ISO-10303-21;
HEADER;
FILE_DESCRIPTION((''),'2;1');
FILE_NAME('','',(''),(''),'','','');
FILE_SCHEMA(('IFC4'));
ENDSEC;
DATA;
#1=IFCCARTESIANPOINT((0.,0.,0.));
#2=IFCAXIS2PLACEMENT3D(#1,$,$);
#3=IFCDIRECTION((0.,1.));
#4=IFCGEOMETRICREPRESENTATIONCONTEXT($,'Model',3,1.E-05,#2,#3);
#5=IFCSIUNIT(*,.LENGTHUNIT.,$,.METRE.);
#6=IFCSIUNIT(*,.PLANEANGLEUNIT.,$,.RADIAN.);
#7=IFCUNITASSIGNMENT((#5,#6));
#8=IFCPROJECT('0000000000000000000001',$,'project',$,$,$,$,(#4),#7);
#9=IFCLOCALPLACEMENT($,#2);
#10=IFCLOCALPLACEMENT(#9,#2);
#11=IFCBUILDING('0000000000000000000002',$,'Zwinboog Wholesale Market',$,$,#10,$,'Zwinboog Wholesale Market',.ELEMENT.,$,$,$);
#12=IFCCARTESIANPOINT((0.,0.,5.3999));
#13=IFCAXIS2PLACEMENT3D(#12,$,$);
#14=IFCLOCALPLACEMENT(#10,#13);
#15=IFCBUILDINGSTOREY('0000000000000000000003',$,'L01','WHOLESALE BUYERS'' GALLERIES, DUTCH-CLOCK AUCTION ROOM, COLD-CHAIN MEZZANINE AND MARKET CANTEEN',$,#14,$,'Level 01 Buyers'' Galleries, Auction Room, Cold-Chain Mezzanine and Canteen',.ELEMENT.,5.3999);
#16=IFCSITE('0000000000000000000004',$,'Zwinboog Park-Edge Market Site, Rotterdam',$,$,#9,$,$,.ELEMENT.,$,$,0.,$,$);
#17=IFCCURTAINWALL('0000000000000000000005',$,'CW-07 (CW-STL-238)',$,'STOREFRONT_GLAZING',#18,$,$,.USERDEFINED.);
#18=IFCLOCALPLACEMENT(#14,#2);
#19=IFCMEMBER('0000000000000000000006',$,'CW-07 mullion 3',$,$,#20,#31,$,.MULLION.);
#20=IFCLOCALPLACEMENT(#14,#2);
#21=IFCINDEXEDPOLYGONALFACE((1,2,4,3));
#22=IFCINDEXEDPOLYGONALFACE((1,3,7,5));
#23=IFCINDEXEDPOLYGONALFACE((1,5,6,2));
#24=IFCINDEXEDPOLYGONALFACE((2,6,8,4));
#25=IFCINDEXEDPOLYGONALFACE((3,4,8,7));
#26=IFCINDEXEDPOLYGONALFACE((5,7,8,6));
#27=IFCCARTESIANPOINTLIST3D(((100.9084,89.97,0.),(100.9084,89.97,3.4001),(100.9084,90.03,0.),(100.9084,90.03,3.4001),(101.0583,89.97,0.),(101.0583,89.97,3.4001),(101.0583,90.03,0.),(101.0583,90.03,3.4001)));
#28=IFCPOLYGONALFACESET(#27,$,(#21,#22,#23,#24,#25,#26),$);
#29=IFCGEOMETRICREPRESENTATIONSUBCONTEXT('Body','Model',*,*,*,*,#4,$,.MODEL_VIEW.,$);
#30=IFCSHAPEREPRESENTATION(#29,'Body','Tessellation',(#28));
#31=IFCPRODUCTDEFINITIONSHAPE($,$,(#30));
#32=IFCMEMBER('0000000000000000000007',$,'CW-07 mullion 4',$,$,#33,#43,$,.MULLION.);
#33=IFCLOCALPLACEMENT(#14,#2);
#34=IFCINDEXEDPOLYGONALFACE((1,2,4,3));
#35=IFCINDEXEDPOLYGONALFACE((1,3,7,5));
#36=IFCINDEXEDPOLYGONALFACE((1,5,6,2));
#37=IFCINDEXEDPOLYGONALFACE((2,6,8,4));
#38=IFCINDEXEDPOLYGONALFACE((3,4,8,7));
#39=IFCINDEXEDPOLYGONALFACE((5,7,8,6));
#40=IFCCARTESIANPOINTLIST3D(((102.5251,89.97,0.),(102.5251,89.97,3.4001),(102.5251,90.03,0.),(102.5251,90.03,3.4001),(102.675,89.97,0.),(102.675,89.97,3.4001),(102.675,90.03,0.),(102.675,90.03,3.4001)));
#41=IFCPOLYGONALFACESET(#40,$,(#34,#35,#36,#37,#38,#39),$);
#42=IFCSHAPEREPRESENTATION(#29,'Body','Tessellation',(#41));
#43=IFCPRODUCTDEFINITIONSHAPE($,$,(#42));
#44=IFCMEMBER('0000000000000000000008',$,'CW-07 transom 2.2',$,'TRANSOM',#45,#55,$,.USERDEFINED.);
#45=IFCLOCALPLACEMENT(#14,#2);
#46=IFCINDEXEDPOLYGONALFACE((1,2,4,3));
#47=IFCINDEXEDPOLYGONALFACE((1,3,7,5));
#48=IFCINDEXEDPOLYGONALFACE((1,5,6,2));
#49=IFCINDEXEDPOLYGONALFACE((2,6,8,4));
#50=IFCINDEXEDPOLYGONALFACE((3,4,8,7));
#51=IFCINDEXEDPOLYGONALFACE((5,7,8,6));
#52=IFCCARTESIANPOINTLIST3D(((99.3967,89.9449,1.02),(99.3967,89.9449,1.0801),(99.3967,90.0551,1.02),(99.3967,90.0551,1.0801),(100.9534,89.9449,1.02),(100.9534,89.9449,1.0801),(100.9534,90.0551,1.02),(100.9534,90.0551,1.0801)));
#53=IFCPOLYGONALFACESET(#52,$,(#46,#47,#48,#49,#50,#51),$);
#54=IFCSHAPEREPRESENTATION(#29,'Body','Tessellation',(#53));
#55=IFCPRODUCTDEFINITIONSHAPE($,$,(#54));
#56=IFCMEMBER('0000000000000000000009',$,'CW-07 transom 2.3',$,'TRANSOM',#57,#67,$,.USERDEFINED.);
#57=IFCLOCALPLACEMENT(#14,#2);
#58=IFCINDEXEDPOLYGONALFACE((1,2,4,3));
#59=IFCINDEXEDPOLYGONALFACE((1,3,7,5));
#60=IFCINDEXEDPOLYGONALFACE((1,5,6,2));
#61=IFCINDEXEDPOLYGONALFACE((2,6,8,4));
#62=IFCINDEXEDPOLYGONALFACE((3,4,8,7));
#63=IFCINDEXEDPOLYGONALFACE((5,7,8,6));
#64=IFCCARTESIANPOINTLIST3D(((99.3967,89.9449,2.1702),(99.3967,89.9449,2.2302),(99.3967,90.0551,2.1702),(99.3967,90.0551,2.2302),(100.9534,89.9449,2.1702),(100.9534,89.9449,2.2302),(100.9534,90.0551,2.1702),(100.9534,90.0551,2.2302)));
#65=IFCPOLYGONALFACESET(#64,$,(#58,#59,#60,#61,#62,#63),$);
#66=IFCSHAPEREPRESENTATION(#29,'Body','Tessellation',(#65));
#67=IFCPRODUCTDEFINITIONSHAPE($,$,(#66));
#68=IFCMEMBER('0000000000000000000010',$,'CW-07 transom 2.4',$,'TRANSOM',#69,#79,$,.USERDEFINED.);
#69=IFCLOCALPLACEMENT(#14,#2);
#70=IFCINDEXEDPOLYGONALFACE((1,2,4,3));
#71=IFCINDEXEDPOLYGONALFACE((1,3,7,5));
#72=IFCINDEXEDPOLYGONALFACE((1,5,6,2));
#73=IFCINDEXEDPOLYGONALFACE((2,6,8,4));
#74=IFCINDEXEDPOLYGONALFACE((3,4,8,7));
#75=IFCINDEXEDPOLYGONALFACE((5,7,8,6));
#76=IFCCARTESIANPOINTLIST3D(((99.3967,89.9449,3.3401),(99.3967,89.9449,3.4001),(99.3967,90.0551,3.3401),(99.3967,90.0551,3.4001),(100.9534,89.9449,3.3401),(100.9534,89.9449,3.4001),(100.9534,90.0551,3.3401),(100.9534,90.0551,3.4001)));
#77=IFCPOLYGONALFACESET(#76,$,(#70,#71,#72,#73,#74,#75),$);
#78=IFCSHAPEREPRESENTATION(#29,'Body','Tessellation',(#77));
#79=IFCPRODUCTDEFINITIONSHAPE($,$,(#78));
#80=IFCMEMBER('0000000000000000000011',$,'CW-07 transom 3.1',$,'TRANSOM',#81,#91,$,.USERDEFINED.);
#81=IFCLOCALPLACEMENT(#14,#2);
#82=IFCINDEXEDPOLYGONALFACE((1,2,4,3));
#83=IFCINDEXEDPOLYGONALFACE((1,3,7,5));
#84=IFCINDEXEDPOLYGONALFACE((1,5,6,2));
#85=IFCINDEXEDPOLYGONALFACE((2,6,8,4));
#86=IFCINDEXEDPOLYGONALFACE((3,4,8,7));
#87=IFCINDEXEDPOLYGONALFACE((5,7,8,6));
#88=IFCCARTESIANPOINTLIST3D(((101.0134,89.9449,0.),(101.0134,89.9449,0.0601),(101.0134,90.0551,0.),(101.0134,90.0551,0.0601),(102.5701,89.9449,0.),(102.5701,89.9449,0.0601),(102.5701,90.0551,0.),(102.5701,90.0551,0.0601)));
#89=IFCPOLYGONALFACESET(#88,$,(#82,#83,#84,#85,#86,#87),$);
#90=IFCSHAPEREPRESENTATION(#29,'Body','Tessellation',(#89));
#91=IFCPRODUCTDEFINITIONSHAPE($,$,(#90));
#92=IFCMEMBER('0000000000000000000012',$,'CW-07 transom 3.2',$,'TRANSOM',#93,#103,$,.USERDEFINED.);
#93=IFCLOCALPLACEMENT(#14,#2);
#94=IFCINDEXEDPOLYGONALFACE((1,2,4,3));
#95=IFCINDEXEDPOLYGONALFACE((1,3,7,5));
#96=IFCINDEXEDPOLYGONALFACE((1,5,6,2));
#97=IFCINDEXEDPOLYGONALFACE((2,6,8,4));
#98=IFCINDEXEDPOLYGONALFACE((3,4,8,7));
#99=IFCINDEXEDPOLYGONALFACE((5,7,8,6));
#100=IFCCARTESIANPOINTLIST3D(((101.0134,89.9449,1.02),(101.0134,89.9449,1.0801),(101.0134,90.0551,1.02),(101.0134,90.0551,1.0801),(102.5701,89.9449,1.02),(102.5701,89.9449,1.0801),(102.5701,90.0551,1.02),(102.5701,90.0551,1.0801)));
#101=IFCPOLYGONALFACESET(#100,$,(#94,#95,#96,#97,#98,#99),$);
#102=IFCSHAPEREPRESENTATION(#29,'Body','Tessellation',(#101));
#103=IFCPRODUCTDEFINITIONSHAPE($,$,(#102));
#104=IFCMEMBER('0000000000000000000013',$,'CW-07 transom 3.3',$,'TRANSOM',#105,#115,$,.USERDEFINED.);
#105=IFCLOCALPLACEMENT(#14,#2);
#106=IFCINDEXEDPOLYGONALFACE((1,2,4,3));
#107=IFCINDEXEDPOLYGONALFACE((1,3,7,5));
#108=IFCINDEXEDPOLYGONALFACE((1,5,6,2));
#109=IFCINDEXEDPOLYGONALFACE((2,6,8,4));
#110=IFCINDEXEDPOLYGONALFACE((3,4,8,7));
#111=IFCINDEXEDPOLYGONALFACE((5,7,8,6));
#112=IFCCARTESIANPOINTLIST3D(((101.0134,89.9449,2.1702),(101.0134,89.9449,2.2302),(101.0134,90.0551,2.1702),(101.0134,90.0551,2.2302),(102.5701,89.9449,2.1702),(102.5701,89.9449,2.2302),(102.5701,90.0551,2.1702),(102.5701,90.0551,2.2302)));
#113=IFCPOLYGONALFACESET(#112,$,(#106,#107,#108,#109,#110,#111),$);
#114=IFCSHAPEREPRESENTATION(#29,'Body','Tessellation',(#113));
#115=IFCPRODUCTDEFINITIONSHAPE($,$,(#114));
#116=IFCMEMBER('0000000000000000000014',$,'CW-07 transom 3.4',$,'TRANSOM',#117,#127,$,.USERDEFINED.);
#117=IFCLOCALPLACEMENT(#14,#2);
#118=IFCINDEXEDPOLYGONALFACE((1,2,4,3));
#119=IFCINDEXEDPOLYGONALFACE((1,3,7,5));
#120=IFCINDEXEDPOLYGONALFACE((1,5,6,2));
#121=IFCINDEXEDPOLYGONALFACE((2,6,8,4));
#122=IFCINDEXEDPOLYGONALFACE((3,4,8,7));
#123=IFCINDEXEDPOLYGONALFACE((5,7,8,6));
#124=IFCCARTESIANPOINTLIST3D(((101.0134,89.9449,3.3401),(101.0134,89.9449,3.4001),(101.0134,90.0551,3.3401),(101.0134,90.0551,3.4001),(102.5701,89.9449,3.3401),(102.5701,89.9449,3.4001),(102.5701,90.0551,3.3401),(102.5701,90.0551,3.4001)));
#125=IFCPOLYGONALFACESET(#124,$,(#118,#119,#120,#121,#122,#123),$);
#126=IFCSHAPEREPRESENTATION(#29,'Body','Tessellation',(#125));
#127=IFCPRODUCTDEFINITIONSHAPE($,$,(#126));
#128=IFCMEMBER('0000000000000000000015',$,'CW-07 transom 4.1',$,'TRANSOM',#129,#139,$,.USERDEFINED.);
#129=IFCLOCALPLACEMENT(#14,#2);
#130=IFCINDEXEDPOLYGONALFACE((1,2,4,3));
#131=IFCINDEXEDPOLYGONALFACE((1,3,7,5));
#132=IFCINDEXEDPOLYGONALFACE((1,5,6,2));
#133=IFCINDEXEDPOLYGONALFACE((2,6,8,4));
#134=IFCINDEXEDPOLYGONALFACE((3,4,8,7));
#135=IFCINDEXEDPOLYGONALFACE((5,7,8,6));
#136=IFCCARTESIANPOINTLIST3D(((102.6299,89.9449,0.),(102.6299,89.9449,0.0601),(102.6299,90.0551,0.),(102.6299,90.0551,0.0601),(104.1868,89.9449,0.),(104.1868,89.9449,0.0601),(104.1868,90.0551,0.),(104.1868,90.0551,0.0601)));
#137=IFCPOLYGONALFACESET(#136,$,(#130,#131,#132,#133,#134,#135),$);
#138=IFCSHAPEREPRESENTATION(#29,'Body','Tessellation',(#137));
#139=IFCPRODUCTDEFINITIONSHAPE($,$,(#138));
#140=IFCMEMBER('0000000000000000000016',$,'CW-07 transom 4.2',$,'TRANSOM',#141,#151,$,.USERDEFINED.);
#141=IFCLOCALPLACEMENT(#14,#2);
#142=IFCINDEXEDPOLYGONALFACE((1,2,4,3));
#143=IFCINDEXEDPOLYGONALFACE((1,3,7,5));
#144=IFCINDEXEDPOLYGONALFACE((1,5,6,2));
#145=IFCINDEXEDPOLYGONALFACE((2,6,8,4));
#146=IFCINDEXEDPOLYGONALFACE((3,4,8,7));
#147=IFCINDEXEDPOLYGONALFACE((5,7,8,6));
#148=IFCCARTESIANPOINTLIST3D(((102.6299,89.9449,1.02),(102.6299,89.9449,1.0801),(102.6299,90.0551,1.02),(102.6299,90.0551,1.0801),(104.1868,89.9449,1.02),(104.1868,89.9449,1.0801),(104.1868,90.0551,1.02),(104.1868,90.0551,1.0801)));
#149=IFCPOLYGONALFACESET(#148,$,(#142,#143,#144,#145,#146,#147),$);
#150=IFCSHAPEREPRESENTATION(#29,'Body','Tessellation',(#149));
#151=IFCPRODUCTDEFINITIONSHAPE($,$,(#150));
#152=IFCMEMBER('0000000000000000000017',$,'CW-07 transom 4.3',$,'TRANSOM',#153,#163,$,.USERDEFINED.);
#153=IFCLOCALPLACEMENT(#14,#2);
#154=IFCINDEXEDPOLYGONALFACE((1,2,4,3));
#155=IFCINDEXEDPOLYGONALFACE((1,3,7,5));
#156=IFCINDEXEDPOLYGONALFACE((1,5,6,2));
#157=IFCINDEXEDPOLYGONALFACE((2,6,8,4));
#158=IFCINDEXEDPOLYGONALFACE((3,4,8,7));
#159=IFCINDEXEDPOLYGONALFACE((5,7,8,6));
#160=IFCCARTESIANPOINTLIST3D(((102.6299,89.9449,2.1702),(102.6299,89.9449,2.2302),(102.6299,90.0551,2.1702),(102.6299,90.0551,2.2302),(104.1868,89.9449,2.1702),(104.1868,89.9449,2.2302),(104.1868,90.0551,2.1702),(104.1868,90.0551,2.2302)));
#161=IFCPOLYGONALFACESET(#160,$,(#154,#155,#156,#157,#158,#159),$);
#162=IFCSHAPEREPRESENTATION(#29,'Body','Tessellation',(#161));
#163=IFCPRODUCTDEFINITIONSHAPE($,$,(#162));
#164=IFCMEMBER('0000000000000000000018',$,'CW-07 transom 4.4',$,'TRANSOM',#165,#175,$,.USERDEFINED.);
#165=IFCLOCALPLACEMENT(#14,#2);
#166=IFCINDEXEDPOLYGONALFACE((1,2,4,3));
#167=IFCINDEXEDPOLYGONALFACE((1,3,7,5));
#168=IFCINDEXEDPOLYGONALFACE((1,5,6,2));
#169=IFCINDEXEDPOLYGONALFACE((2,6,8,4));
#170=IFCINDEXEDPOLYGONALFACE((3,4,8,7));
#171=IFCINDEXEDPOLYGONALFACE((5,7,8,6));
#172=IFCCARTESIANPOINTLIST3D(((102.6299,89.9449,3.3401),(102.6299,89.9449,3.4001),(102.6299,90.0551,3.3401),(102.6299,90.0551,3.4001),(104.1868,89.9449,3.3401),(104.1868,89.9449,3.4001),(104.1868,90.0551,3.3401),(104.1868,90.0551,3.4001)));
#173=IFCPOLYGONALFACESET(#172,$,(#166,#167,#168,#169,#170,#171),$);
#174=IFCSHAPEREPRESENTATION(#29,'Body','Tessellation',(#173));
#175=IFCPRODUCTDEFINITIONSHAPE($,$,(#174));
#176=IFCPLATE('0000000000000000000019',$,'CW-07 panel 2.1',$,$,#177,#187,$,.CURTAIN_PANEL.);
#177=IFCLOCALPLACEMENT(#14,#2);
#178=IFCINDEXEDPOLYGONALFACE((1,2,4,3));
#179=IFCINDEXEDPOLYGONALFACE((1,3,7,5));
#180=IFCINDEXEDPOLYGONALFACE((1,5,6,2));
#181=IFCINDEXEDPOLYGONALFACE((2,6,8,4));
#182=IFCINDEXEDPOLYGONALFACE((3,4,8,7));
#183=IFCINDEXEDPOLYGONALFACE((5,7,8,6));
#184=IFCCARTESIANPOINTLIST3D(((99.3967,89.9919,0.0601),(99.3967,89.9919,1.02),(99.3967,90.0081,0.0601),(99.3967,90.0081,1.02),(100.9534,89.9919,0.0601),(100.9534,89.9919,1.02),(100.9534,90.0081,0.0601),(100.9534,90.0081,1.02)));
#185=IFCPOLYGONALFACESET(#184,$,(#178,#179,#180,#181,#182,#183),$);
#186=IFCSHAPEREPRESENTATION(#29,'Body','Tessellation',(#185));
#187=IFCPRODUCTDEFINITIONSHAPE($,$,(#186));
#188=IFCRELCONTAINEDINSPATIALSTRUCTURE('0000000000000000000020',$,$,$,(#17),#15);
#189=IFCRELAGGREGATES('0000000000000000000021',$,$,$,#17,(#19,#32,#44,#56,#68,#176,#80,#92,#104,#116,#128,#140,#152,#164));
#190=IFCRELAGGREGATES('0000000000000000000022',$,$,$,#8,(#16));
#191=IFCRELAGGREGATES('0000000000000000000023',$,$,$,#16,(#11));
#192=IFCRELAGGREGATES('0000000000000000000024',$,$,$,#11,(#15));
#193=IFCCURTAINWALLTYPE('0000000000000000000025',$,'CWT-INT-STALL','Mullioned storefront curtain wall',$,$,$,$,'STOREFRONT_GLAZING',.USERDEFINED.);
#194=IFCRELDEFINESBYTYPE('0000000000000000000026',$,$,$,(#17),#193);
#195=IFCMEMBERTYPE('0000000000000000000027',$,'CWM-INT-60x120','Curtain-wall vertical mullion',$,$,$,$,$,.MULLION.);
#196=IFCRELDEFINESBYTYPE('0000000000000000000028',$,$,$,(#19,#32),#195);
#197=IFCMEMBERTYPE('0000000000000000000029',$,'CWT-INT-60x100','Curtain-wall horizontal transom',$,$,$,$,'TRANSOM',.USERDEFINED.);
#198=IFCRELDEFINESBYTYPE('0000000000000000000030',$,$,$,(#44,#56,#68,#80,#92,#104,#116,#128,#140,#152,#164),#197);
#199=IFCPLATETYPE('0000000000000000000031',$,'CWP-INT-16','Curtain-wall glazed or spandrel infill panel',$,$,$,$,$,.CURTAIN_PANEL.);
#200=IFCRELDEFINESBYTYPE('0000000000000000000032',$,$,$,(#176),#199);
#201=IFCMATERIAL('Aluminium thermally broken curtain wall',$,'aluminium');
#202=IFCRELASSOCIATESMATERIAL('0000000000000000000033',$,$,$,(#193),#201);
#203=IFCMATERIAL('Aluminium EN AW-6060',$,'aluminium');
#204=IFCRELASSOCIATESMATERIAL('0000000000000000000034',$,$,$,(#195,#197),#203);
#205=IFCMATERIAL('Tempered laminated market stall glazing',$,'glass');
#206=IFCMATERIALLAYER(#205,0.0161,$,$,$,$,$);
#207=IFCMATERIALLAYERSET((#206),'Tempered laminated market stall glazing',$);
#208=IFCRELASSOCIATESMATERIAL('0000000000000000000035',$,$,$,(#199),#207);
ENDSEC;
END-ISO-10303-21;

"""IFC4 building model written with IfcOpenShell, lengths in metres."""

from ifc_helpers import new_model, si_unit, direction, frame, origin, origin_2d, place, context, subcontext, project, spatial, rectangle, extrude, material, layer, layer_set, material_profile, profile_set, type_object, element, aggregate, save


model = new_model("IFC4")

# Units and contexts
model_context = context("Model", 3, precision=1e-05, world=origin(), true_north=direction((0.0, 1.0)))
body_context = subcontext(model_context, "Body", "Model", "MODEL_VIEW")
ifc_project = project(units=[si_unit("LENGTHUNIT", "METRE"), si_unit("PLANEANGLEUNIT", "RADIAN")], contexts=[model_context])

# Site, building, storey
site_placement = place(None, origin())
site = spatial("IfcSite", under=ifc_project, at=site_placement, Name="Zwinboog Park-Edge Market Site, Rotterdam", CompositionType="ELEMENT", RefElevation=0.0)
building_placement = place(site_placement, origin())
building = spatial("IfcBuilding", under=site, at=building_placement, Name="Zwinboog Wholesale Market", LongName="Zwinboog Wholesale Market", CompositionType="ELEMENT")
storey_placement = place(building_placement, frame((0.0, 0.0, 5.3999)))
storey = spatial("IfcBuildingStorey", under=building, at=storey_placement, Name="L01", Description="WHOLESALE BUYERS' GALLERIES, DUTCH-CLOCK AUCTION ROOM, COLD-CHAIN MEZZANINE AND MARKET CANTEEN", LongName="Level 01 Buyers' Galleries, Auction Room, Cold-Chain Mezzanine and Canteen", CompositionType="ELEMENT", Elevation=5.3999)

# Curtain wall, members, plate
ifc_material_1 = material(Name="Aluminium thermally broken curtain wall", Category="aluminium")
curtain_wall_type = type_object("IfcCurtainWallType", Name="CWT-INT-STALL", Description="Mullioned storefront curtain wall", ElementType="STOREFRONT_GLAZING", PredefinedType="USERDEFINED", material=ifc_material_1)
curtain_wall_placement = place(storey_placement, origin())
curtain_wall = element("IfcCurtainWall", 1, at=curtain_wall_placement, inside=storey, type_object=curtain_wall_type, Name="CW-07 (CW-STL-238)", ObjectType="STOREFRONT_GLAZING", PredefinedType="USERDEFINED")
ifc_material_2 = material(Name="Aluminium EN AW-6060", Category="aluminium")
ifc_material_profile_1 = material_profile(ifc_material_2, rectangle(XDim=0.0601, YDim=0.1499, at=origin_2d()), Name="AL 60x150")
ifc_profile_set_1 = profile_set([ifc_material_profile_1], Name="Aluminium EN AW-6060")
member_type_1 = type_object("IfcMemberType", Name="CWM-INT-60x120", Description="Curtain-wall vertical mullion", PredefinedType="MULLION", material=ifc_profile_set_1)
member_1_placement = place(storey_placement, frame((100.9834, 90.0, 0.0), z_axis=(0.0, 0.0, 1.0), x_axis=(0.0, 1.0, 0.0)))
member_1 = element("IfcMember", 2, at=member_1_placement, type_object=member_type_1, Name="CW-07 mullion 3", PredefinedType="MULLION", context=body_context, shape_type="SweptSolid", body=[
    extrude(rectangle(XDim=0.0601, YDim=0.1499, at=origin_2d()), origin(), (0.0, 0.0, 1.0), 3.4001),
])
member_2_placement = place(storey_placement, frame((102.6001, 90.0, 0.0), z_axis=(0.0, 0.0, 1.0), x_axis=(0.0, 1.0, 0.0)))
member_2 = element("IfcMember", 3, at=member_2_placement, type_object=member_type_1, Name="CW-07 mullion 4", PredefinedType="MULLION", context=body_context, shape_type="SweptSolid", body=[
    extrude(rectangle(XDim=0.0601, YDim=0.1499, at=origin_2d()), origin(), (0.0, 0.0, 1.0), 3.4001),
])
ifc_material_profile_2 = material_profile(ifc_material_2, rectangle(XDim=0.1101, YDim=0.0601, at=origin_2d()), Name="AL 60x110")
ifc_profile_set_2 = profile_set([ifc_material_profile_2], Name="Aluminium EN AW-6060")
member_type_2 = type_object("IfcMemberType", Name="CWT-INT-60x100", Description="Curtain-wall horizontal transom", ElementType="TRANSOM", PredefinedType="USERDEFINED", material=ifc_profile_set_2)
member_3_placement = place(storey_placement, frame((99.3967, 90.0, 1.05), z_axis=(1.0, 0.0, 0.0), x_axis=(0.0, 1.0, 0.0)))
member_3 = element("IfcMember", 4, at=member_3_placement, type_object=member_type_2, Name="CW-07 transom 2.2", ObjectType="TRANSOM", PredefinedType="USERDEFINED", context=body_context, shape_type="SweptSolid", body=[
    extrude(rectangle(XDim=0.1101, YDim=0.0601, at=origin_2d()), origin(), (0.0, 0.0, 1.0), 1.5566),
])
member_4_placement = place(storey_placement, frame((99.3967, 90.0, 2.2002), z_axis=(1.0, 0.0, 0.0), x_axis=(0.0, 1.0, 0.0)))
member_4 = element("IfcMember", 5, at=member_4_placement, type_object=member_type_2, Name="CW-07 transom 2.3", ObjectType="TRANSOM", PredefinedType="USERDEFINED", context=body_context, shape_type="SweptSolid", body=[
    extrude(rectangle(XDim=0.1101, YDim=0.0601, at=origin_2d()), origin(), (0.0, 0.0, 1.0), 1.5566),
])
member_5_placement = place(storey_placement, frame((99.3967, 90.0, 3.3701), z_axis=(1.0, 0.0, 0.0), x_axis=(0.0, 1.0, 0.0)))
member_5 = element("IfcMember", 6, at=member_5_placement, type_object=member_type_2, Name="CW-07 transom 2.4", ObjectType="TRANSOM", PredefinedType="USERDEFINED", context=body_context, shape_type="SweptSolid", body=[
    extrude(rectangle(XDim=0.1101, YDim=0.0601, at=origin_2d()), origin(), (0.0, 0.0, 1.0), 1.5566),
])
member_6_placement = place(storey_placement, frame((101.0134, 90.0, 0.03), z_axis=(1.0, 0.0, 0.0), x_axis=(0.0, 1.0, 0.0)))
member_6 = element("IfcMember", 7, at=member_6_placement, type_object=member_type_2, Name="CW-07 transom 3.1", ObjectType="TRANSOM", PredefinedType="USERDEFINED", context=body_context, shape_type="SweptSolid", body=[
    extrude(rectangle(XDim=0.1101, YDim=0.0601, at=origin_2d()), origin(), (0.0, 0.0, 1.0), 1.5566),
])
member_7_placement = place(storey_placement, frame((101.0134, 90.0, 1.05), z_axis=(1.0, 0.0, 0.0), x_axis=(0.0, 1.0, 0.0)))
member_7 = element("IfcMember", 8, at=member_7_placement, type_object=member_type_2, Name="CW-07 transom 3.2", ObjectType="TRANSOM", PredefinedType="USERDEFINED", context=body_context, shape_type="SweptSolid", body=[
    extrude(rectangle(XDim=0.1101, YDim=0.0601, at=origin_2d()), origin(), (0.0, 0.0, 1.0), 1.5566),
])
member_8_placement = place(storey_placement, frame((101.0134, 90.0, 2.2002), z_axis=(1.0, 0.0, 0.0), x_axis=(0.0, 1.0, 0.0)))
member_8 = element("IfcMember", 9, at=member_8_placement, type_object=member_type_2, Name="CW-07 transom 3.3", ObjectType="TRANSOM", PredefinedType="USERDEFINED", context=body_context, shape_type="SweptSolid", body=[
    extrude(rectangle(XDim=0.1101, YDim=0.0601, at=origin_2d()), origin(), (0.0, 0.0, 1.0), 1.5566),
])
member_9_placement = place(storey_placement, frame((101.0134, 90.0, 3.3701), z_axis=(1.0, 0.0, 0.0), x_axis=(0.0, 1.0, 0.0)))
member_9 = element("IfcMember", 10, at=member_9_placement, type_object=member_type_2, Name="CW-07 transom 3.4", ObjectType="TRANSOM", PredefinedType="USERDEFINED", context=body_context, shape_type="SweptSolid", body=[
    extrude(rectangle(XDim=0.1101, YDim=0.0601, at=origin_2d()), origin(), (0.0, 0.0, 1.0), 1.5566),
])
member_10_placement = place(storey_placement, frame((102.6299, 90.0, 0.03), z_axis=(1.0, 0.0, 0.0), x_axis=(0.0, 1.0, 0.0)))
member_10 = element("IfcMember", 11, at=member_10_placement, type_object=member_type_2, Name="CW-07 transom 4.1", ObjectType="TRANSOM", PredefinedType="USERDEFINED", context=body_context, shape_type="SweptSolid", body=[
    extrude(rectangle(XDim=0.1101, YDim=0.0601, at=origin_2d()), origin(), (0.0, 0.0, 1.0), 1.5569),
])
member_11_placement = place(storey_placement, frame((102.6299, 90.0, 1.05), z_axis=(1.0, 0.0, 0.0), x_axis=(0.0, 1.0, 0.0)))
member_11 = element("IfcMember", 12, at=member_11_placement, type_object=member_type_2, Name="CW-07 transom 4.2", ObjectType="TRANSOM", PredefinedType="USERDEFINED", context=body_context, shape_type="SweptSolid", body=[
    extrude(rectangle(XDim=0.1101, YDim=0.0601, at=origin_2d()), origin(), (0.0, 0.0, 1.0), 1.5569),
])
member_12_placement = place(storey_placement, frame((102.6299, 90.0, 2.2002), z_axis=(1.0, 0.0, 0.0), x_axis=(0.0, 1.0, 0.0)))
member_12 = element("IfcMember", 13, at=member_12_placement, type_object=member_type_2, Name="CW-07 transom 4.3", ObjectType="TRANSOM", PredefinedType="USERDEFINED", context=body_context, shape_type="SweptSolid", body=[
    extrude(rectangle(XDim=0.1101, YDim=0.0601, at=origin_2d()), origin(), (0.0, 0.0, 1.0), 1.5569),
])
member_13_placement = place(storey_placement, frame((102.6299, 90.0, 3.3701), z_axis=(1.0, 0.0, 0.0), x_axis=(0.0, 1.0, 0.0)))
member_13 = element("IfcMember", 14, at=member_13_placement, type_object=member_type_2, Name="CW-07 transom 4.4", ObjectType="TRANSOM", PredefinedType="USERDEFINED", context=body_context, shape_type="SweptSolid", body=[
    extrude(rectangle(XDim=0.1101, YDim=0.0601, at=origin_2d()), origin(), (0.0, 0.0, 1.0), 1.5569),
])
ifc_material_3 = material(Name="Tempered laminated market stall glazing", Category="glass")
ifc_layer = layer(ifc_material_3, 0.0161)
ifc_layer_set = layer_set([ifc_layer], Name="Tempered laminated market stall glazing")
plate_type = type_object("IfcPlateType", Name="CWP-INT-16", Description="Curtain-wall glazed or spandrel infill panel", PredefinedType="CURTAIN_PANEL", material=ifc_layer_set)
plate_1_placement = place(storey_placement, frame((100.175, 90.0, 0.0601), z_axis=(0.0, 0.0, 1.0), x_axis=(1.0, 0.0, 0.0)))
plate_1 = element("IfcPlate", 15, at=plate_1_placement, type_object=plate_type, Name="CW-07 panel 2.1", PredefinedType="CURTAIN_PANEL", context=body_context, shape_type="SweptSolid", body=[
    extrude(rectangle(XDim=1.5566, YDim=0.0161, at=origin_2d()), origin(), (0.0, 0.0, 1.0), 0.96),
])
aggregate(curtain_wall, [member_1, member_2, member_3, member_4, member_5, plate_1, member_6, member_7, member_8, member_9, member_10, member_11, member_12, member_13])

save(model, "model.ifc")
